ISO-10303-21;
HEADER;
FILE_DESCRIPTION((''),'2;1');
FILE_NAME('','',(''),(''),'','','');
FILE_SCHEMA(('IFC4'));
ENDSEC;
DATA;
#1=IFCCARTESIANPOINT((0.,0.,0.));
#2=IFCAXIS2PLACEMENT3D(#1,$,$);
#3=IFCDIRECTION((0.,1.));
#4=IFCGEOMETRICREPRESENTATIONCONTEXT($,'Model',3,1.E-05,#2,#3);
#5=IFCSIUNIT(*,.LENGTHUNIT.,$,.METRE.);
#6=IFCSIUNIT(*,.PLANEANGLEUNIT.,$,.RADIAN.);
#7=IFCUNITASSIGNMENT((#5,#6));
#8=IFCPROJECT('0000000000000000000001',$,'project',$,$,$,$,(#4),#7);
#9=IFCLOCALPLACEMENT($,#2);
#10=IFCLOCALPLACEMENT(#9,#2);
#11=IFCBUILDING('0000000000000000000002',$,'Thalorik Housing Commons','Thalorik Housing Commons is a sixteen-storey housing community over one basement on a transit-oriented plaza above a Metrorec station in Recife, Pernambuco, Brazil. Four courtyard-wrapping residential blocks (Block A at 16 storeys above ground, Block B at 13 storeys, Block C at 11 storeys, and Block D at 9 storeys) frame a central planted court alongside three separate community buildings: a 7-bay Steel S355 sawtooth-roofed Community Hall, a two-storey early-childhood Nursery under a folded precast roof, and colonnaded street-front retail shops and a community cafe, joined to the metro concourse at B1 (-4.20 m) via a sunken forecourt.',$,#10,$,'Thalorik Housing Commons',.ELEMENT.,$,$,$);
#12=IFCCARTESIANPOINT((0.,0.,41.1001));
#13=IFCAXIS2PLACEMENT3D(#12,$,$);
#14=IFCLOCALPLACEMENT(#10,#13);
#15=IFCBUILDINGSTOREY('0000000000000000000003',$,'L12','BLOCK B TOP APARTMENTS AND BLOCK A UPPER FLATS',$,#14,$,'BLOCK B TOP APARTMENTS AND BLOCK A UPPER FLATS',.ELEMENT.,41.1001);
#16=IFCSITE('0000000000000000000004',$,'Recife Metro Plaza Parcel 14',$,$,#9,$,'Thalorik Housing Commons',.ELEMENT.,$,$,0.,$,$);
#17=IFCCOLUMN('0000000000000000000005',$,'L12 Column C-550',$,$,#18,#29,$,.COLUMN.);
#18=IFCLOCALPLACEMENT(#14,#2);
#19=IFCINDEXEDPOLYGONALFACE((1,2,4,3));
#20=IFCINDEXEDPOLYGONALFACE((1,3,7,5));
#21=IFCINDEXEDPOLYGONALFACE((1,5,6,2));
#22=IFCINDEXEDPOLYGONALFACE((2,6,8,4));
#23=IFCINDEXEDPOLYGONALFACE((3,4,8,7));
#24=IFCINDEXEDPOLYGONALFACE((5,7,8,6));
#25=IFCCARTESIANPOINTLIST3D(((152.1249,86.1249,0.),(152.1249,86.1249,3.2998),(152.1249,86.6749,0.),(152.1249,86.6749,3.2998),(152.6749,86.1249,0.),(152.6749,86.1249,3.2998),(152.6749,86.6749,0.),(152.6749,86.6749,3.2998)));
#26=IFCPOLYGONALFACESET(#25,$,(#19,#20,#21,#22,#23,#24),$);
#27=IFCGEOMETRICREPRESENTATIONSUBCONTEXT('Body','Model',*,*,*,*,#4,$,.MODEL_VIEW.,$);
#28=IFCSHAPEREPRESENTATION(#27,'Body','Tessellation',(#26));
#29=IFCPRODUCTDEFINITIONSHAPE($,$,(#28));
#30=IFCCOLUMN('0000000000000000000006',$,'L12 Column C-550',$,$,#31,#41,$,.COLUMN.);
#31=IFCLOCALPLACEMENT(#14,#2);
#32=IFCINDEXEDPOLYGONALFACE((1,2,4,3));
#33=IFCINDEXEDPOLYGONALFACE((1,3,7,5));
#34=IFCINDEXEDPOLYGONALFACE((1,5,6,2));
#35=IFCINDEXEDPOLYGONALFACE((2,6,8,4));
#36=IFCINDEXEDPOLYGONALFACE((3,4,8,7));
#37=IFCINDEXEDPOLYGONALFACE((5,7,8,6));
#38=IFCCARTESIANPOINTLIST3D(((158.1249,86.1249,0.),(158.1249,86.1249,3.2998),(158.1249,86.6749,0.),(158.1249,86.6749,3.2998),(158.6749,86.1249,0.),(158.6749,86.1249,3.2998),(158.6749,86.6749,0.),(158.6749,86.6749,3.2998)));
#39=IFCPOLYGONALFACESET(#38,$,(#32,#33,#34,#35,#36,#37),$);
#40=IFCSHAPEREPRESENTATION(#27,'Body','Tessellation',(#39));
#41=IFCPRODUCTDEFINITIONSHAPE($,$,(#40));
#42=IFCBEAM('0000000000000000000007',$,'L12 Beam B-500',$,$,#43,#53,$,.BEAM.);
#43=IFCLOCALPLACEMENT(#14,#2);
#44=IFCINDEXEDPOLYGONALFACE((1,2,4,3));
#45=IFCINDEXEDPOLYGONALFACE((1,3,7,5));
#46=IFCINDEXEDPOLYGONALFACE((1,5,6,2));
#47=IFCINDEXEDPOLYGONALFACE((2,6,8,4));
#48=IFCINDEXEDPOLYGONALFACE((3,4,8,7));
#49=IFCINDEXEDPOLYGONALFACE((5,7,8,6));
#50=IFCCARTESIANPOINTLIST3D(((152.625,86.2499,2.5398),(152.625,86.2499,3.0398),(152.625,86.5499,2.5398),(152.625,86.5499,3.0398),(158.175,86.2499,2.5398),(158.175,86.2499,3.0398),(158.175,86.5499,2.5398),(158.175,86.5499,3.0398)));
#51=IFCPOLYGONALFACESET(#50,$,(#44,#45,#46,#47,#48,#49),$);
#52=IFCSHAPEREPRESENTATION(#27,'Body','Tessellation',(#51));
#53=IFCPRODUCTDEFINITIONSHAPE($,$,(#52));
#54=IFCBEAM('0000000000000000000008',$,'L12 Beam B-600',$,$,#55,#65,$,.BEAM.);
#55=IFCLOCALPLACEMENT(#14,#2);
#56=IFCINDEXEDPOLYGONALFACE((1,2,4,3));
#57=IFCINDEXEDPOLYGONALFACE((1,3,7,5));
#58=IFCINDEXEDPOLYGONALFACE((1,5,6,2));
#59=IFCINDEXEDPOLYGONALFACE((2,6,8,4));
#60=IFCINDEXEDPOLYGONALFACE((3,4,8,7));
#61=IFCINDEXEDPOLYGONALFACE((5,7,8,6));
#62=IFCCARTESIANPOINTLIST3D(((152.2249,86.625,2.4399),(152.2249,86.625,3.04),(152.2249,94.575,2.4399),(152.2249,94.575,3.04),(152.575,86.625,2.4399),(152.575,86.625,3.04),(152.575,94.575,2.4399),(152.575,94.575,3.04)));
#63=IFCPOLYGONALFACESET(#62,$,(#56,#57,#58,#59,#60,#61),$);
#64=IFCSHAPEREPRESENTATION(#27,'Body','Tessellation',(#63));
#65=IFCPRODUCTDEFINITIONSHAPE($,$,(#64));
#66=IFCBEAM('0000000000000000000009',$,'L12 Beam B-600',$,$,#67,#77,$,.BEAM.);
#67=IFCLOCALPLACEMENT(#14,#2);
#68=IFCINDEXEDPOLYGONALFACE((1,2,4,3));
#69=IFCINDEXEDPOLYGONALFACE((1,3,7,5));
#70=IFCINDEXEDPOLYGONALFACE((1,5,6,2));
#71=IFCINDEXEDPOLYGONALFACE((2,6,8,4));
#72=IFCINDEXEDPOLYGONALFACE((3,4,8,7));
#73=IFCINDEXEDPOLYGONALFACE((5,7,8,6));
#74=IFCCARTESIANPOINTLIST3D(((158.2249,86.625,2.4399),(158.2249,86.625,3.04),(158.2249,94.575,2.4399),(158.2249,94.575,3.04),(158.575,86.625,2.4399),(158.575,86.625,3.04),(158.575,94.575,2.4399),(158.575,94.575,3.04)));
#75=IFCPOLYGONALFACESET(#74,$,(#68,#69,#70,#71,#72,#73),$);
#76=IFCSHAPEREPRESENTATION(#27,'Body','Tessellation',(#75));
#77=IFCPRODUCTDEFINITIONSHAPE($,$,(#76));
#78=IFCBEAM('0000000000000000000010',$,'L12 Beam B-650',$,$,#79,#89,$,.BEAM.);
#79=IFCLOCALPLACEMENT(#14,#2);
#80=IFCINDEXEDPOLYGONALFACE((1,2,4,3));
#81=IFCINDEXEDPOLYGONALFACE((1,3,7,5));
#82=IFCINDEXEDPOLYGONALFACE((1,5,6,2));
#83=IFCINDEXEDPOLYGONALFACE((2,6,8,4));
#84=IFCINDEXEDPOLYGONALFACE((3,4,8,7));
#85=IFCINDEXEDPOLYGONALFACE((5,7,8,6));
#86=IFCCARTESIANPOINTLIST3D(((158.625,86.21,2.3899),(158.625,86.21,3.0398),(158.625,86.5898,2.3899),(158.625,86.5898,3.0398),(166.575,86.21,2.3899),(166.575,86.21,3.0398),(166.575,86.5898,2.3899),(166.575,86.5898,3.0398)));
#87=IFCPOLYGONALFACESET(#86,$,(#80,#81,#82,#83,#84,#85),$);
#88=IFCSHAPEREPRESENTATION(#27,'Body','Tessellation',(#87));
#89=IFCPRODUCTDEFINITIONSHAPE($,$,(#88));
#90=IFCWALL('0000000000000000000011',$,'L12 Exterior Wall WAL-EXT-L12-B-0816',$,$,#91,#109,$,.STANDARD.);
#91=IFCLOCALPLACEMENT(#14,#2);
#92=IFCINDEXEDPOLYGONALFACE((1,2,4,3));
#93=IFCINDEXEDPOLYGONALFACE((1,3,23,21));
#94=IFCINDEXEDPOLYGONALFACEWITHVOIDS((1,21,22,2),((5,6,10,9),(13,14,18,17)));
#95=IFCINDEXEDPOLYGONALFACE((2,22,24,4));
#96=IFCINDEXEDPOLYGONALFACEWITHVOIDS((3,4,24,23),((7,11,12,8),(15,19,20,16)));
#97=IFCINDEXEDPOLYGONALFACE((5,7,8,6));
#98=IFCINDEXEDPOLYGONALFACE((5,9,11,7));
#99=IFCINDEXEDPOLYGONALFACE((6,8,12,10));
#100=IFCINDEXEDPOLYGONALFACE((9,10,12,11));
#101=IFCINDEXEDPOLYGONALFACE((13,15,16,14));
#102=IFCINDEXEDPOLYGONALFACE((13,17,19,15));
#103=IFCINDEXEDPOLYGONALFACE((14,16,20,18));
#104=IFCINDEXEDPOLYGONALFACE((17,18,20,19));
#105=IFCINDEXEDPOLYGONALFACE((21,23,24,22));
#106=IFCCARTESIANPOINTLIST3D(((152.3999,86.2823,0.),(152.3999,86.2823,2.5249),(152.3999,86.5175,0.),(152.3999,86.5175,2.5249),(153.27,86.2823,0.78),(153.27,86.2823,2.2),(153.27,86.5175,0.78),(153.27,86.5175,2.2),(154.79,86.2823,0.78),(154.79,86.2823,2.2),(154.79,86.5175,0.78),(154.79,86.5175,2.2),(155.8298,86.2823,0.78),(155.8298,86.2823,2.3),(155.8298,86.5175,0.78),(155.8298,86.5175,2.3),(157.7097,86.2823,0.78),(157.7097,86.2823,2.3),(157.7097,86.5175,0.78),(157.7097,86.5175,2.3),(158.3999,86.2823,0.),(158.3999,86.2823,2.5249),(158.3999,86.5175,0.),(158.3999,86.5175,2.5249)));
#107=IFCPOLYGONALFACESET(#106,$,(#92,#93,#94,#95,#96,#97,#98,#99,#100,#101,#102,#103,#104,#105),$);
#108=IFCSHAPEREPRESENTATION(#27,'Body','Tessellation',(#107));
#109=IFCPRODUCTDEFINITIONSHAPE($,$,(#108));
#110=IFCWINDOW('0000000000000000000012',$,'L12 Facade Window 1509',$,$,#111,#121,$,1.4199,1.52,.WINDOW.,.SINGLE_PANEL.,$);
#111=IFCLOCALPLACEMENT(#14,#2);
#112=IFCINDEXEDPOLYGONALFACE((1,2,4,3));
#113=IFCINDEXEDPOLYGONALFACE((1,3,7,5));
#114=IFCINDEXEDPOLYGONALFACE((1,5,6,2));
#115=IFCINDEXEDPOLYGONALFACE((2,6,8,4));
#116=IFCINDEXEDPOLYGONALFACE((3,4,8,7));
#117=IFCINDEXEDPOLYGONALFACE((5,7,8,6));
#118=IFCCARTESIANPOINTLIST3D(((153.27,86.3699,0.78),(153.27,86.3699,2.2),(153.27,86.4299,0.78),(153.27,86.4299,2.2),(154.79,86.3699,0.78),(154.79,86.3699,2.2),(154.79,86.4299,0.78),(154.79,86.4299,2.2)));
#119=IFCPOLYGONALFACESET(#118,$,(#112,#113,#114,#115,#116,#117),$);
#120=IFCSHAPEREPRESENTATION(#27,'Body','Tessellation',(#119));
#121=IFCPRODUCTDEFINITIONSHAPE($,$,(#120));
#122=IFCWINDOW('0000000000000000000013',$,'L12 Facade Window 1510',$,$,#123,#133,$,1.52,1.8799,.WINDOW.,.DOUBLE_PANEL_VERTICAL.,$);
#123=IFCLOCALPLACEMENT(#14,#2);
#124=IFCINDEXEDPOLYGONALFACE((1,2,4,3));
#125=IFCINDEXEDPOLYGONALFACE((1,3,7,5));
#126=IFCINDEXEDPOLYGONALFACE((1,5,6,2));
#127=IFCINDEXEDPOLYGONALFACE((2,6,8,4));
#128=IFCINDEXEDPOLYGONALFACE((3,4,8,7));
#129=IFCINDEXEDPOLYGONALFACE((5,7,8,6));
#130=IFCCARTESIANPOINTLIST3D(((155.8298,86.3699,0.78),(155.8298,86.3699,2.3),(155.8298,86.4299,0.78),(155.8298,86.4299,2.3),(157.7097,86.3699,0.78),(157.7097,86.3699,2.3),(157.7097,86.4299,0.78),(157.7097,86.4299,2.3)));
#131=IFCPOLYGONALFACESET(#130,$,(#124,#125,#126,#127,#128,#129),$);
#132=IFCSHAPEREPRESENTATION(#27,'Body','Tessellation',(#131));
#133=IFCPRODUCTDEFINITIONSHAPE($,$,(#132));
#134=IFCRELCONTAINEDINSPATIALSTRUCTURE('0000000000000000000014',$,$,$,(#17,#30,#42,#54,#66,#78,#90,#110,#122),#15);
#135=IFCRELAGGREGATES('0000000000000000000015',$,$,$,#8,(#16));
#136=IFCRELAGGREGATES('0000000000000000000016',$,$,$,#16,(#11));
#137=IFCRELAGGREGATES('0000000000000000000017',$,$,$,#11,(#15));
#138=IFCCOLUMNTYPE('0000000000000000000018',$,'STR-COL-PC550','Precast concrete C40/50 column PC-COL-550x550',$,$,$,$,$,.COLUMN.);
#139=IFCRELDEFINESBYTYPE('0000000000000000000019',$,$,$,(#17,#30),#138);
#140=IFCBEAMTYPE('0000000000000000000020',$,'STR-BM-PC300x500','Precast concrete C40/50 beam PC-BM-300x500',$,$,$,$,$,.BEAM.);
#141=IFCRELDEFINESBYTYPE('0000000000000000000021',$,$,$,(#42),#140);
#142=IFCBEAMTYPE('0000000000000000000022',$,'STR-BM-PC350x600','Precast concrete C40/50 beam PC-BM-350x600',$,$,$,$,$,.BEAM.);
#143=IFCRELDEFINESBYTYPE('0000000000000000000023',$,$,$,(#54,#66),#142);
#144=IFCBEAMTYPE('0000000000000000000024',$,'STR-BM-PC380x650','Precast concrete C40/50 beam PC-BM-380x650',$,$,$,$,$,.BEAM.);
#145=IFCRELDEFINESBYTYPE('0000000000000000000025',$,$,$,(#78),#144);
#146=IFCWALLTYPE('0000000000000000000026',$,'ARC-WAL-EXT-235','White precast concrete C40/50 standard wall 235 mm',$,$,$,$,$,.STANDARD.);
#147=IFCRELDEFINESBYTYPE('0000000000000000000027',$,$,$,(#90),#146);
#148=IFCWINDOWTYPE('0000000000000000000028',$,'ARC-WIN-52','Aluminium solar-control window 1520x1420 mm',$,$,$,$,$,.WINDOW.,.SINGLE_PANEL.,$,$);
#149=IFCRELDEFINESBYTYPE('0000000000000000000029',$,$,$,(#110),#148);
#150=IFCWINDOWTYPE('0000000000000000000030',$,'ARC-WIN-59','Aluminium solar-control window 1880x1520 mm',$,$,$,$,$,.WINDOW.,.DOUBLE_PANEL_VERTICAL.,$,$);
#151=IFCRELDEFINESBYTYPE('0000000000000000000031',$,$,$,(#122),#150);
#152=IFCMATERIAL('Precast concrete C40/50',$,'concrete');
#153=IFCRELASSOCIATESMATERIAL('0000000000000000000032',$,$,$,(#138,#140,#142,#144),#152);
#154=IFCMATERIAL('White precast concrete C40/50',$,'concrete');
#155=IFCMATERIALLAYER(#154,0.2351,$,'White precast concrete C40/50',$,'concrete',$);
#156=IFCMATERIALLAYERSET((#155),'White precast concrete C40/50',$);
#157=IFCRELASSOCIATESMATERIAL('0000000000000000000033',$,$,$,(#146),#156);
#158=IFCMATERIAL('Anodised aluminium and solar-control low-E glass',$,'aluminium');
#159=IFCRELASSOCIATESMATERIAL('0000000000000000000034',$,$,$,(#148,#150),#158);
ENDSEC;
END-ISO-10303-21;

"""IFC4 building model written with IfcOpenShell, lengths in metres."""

from ifc_helpers import new_model, si_unit, direction, frame, frame_2d, origin, origin_2d, place, context, subcontext, project, spatial, rectangle, extrude, material, layer, layer_set, material_profile, profile_set, type_object, element, fill, save


model = new_model("IFC4")

# Units and contexts
model_context = context("Model", 3, precision=1e-05, world=origin(), true_north=direction((0.0, 1.0)))
body_context = subcontext(model_context, "Body", "Model", "MODEL_VIEW")
ifc_project = project(units=[si_unit("LENGTHUNIT", "METRE"), si_unit("PLANEANGLEUNIT", "RADIAN")], contexts=[model_context])

# Site, building, storey
site_placement = place(None, origin())
site = spatial("IfcSite", under=ifc_project, at=site_placement, Name="Recife Metro Plaza Parcel 14", LongName="Thalorik Housing Commons", CompositionType="ELEMENT", RefElevation=0.0)
building_placement = place(site_placement, origin())
building = spatial("IfcBuilding", under=site, at=building_placement, Name="Thalorik Housing Commons", Description="Thalorik Housing Commons is a sixteen-storey housing community over one basement on a transit-oriented plaza above a Metrorec station in Recife, Pernambuco, Brazil. Four courtyard-wrapping residential blocks (Block A at 16 storeys above ground, Block B at 13 storeys, Block C at 11 storeys, and Block D at 9 storeys) frame a central planted court alongside three separate community buildings: a 7-bay Steel S355 sawtooth-roofed Community Hall, a two-storey early-childhood Nursery under a folded precast roof, and colonnaded street-front retail shops and a community cafe, joined to the metro concourse at B1 (-4.20 m) via a sunken forecourt.", LongName="Thalorik Housing Commons", CompositionType="ELEMENT")
storey_placement = place(building_placement, frame((0.0, 0.0, 41.1001)))
storey = spatial("IfcBuildingStorey", under=building, at=storey_placement, Name="L12", Description="BLOCK B TOP APARTMENTS AND BLOCK A UPPER FLATS", LongName="BLOCK B TOP APARTMENTS AND BLOCK A UPPER FLATS", CompositionType="ELEMENT", Elevation=41.1001)

# Columns
ifc_material_1 = material(Name="Precast concrete C40/50", Category="concrete")
ifc_material_profile_1 = material_profile(ifc_material_1, rectangle(XDim=0.55, YDim=0.55, at=origin_2d()), Name="PC 550x550", Category="concrete")
ifc_profile_set_1 = profile_set([ifc_material_profile_1], Name="Precast concrete C40/50")
column_type = type_object("IfcColumnType", Name="STR-COL-PC550", Description="Precast concrete C40/50 column PC-COL-550x550", PredefinedType="COLUMN", material=ifc_profile_set_1)
for number, where, z_axis, x_axis, name in (
    (1, (152.3999, 86.3999, 0.0), (0.0, 0.0, 1.0), (1.0, 0.0, 0.0), "L12 Column C-550"),
    (2, (158.3999, 86.3999, 0.0), (0.0, 0.0, 1.0), (1.0, 0.0, 0.0), "L12 Column C-550"),
):
    element("IfcColumn", number, at=place(storey_placement, frame(where, z_axis=z_axis, x_axis=x_axis)), inside=storey, type_object=column_type, Name=name, PredefinedType="COLUMN", context=body_context, shape_type="SweptSolid", body=[
        extrude(rectangle(XDim=0.55, YDim=0.55, at=origin_2d()), origin(), (0.0, 0.0, 1.0), 3.2998),
    ])

# Beams
ifc_material_profile_2 = material_profile(ifc_material_1, rectangle(XDim=0.3, YDim=0.5, at=origin_2d()), Name="PC 300x500", Category="concrete")
ifc_profile_set_2 = profile_set([ifc_material_profile_2], Name="Precast concrete C40/50")
beam_type_1 = type_object("IfcBeamType", Name="STR-BM-PC300x500", Description="Precast concrete C40/50 beam PC-BM-300x500", PredefinedType="BEAM", material=ifc_profile_set_2)
beam_1_placement = place(storey_placement, frame((152.625, 86.3999, 2.7898), z_axis=(1.0, 0.0, 0.0), x_axis=(0.0, 1.0, 0.0)))
element("IfcBeam", 3, at=beam_1_placement, inside=storey, type_object=beam_type_1, Name="L12 Beam B-500", PredefinedType="BEAM", context=body_context, shape_type="SweptSolid", body=[
    extrude(rectangle(XDim=0.3, YDim=0.5, at=origin_2d()), origin(), (0.0, 0.0, 1.0), 5.55),
])
ifc_material_profile_3 = material_profile(ifc_material_1, rectangle(XDim=0.3501, YDim=0.6001, at=origin_2d()), Name="PC 350x600", Category="concrete")
ifc_profile_set_3 = profile_set([ifc_material_profile_3], Name="Precast concrete C40/50")
beam_type_2 = type_object("IfcBeamType", Name="STR-BM-PC350x600", Description="Precast concrete C40/50 beam PC-BM-350x600", PredefinedType="BEAM", material=ifc_profile_set_3)
for number, where, z_axis, x_axis, name in (
    (4, (152.3999, 86.625, 2.74), (0.0, 1.0, 0.0), (-1.0, 0.0, 0.0), "L12 Beam B-600"),
    (5, (158.3999, 86.625, 2.74), (0.0, 1.0, 0.0), (-1.0, 0.0, 0.0), "L12 Beam B-600"),
):
    element("IfcBeam", number, at=place(storey_placement, frame(where, z_axis=z_axis, x_axis=x_axis)), inside=storey, type_object=beam_type_2, Name=name, PredefinedType="BEAM", context=body_context, shape_type="SweptSolid", body=[
        extrude(rectangle(XDim=0.3501, YDim=0.6001, at=origin_2d()), origin(), (0.0, 0.0, 1.0), 7.95),
    ])
ifc_material_profile_4 = material_profile(ifc_material_1, rectangle(XDim=0.3799, YDim=0.6499, at=origin_2d()), Name="PC 380x650", Category="concrete")
ifc_profile_set_4 = profile_set([ifc_material_profile_4], Name="Precast concrete C40/50")
beam_type_3 = type_object("IfcBeamType", Name="STR-BM-PC380x650", Description="Precast concrete C40/50 beam PC-BM-380x650", PredefinedType="BEAM", material=ifc_profile_set_4)
beam_2_placement = place(storey_placement, frame((158.625, 86.3999, 2.7148), z_axis=(1.0, 0.0, 0.0), x_axis=(0.0, 1.0, 0.0)))
element("IfcBeam", 6, at=beam_2_placement, inside=storey, type_object=beam_type_3, Name="L12 Beam B-650", PredefinedType="BEAM", context=body_context, shape_type="SweptSolid", body=[
    extrude(rectangle(XDim=0.3799, YDim=0.6499, at=origin_2d()), origin(), (0.0, 0.0, 1.0), 7.95),
])

# Wall, openings, windows
ifc_material_2 = material(Name="White precast concrete C40/50", Category="concrete")
ifc_layer_1 = layer(ifc_material_2, 0.2351, Name="White precast concrete C40/50", Category="concrete")
ifc_layer_set_1 = layer_set([ifc_layer_1], Name="White precast concrete C40/50")
wall_type_1 = type_object("IfcWallType", Name="ARC-WAL-EXT-235", Description="White precast concrete C40/50 standard wall 235 mm", PredefinedType="STANDARD", material=ifc_layer_set_1)
wall_1_placement = place(storey_placement, frame((152.3999, 86.3999, 0.0), z_axis=(0.0, 0.0, 1.0), x_axis=(1.0, 0.0, 0.0)))
wall_1 = element("IfcWall", 7, at=wall_1_placement, inside=storey, type_object=wall_type_1, Name="L12 Exterior Wall WAL-EXT-L12-B-0816", PredefinedType="STANDARD", context=body_context, shape_type="SweptSolid", body=[
    extrude(rectangle(XDim=6.0, YDim=0.2351, at=frame_2d((3.0, 0.0))), origin(), (0.0, 0.0, 1.0), 2.5249),
])
opening_1_placement = place(wall_1_placement, frame((0.8701, 0.0, 0.78)))
opening_1 = element("IfcOpeningElement", 8, at=opening_1_placement, cuts=wall_1, PredefinedType="OPENING", context=body_context, shape_type="SweptSolid", body=[
    extrude(rectangle(XDim=1.52, YDim=1.4199, at=frame_2d((0.76, 0.71))), frame((0.0, 0.1274, 0.0), z_axis=(0.0, -1.0, 0.0), x_axis=(1.0, 0.0, 0.0)), (0.0, 0.0, 1.0), 0.2551),
])
opening_2_placement = place(wall_1_placement, frame((3.4299, 0.0, 0.78)))
opening_2 = element("IfcOpeningElement", 9, at=opening_2_placement, cuts=wall_1, PredefinedType="OPENING", context=body_context, shape_type="SweptSolid", body=[
    extrude(rectangle(XDim=1.8799, YDim=1.52, at=frame_2d((0.9399, 0.76))), frame((0.0, 0.1274, 0.0), z_axis=(0.0, -1.0, 0.0), x_axis=(1.0, 0.0, 0.0)), (0.0, 0.0, 1.0), 0.2551),
])
ifc_material_3 = material(Name="Anodised aluminium and solar-control low-E glass", Category="aluminium")
window_type_1 = type_object("IfcWindowType", Name="ARC-WIN-52", Description="Aluminium solar-control window 1520x1420 mm", PartitioningType="SINGLE_PANEL", PredefinedType="WINDOW", material=ifc_material_3)
window_1_placement = place(opening_1_placement, origin())
window_1 = element("IfcWindow", 10, at=window_1_placement, inside=storey, type_object=window_type_1, Name="L12 Facade Window 1509", OverallHeight=1.4199, OverallWidth=1.52, PartitioningType="SINGLE_PANEL", PredefinedType="WINDOW", context=body_context, shape_type="SweptSolid", body=[
    extrude(rectangle(XDim=1.52, YDim=1.4199, at=frame_2d((0.76, 0.71))), frame((0.0, 0.03, 0.0), z_axis=(0.0, -1.0, 0.0), x_axis=(1.0, 0.0, 0.0)), (0.0, 0.0, 1.0), 0.0601),
])
fill(opening_1, window_1)
window_type_2 = type_object("IfcWindowType", Name="ARC-WIN-59", Description="Aluminium solar-control window 1880x1520 mm", PartitioningType="DOUBLE_PANEL_VERTICAL", PredefinedType="WINDOW", material=ifc_material_3)
window_2_placement = place(opening_2_placement, origin())
window_2 = element("IfcWindow", 11, at=window_2_placement, inside=storey, type_object=window_type_2, Name="L12 Facade Window 1510", OverallHeight=1.52, OverallWidth=1.8799, PartitioningType="DOUBLE_PANEL_VERTICAL", PredefinedType="WINDOW", context=body_context, shape_type="SweptSolid", body=[
    extrude(rectangle(XDim=1.8799, YDim=1.52, at=frame_2d((0.9399, 0.76))), frame((0.0, 0.03, 0.0), z_axis=(0.0, -1.0, 0.0), x_axis=(1.0, 0.0, 0.0)), (0.0, 0.0, 1.0), 0.0601),
])
fill(opening_2, window_2)

save(model, "model.ifc")
